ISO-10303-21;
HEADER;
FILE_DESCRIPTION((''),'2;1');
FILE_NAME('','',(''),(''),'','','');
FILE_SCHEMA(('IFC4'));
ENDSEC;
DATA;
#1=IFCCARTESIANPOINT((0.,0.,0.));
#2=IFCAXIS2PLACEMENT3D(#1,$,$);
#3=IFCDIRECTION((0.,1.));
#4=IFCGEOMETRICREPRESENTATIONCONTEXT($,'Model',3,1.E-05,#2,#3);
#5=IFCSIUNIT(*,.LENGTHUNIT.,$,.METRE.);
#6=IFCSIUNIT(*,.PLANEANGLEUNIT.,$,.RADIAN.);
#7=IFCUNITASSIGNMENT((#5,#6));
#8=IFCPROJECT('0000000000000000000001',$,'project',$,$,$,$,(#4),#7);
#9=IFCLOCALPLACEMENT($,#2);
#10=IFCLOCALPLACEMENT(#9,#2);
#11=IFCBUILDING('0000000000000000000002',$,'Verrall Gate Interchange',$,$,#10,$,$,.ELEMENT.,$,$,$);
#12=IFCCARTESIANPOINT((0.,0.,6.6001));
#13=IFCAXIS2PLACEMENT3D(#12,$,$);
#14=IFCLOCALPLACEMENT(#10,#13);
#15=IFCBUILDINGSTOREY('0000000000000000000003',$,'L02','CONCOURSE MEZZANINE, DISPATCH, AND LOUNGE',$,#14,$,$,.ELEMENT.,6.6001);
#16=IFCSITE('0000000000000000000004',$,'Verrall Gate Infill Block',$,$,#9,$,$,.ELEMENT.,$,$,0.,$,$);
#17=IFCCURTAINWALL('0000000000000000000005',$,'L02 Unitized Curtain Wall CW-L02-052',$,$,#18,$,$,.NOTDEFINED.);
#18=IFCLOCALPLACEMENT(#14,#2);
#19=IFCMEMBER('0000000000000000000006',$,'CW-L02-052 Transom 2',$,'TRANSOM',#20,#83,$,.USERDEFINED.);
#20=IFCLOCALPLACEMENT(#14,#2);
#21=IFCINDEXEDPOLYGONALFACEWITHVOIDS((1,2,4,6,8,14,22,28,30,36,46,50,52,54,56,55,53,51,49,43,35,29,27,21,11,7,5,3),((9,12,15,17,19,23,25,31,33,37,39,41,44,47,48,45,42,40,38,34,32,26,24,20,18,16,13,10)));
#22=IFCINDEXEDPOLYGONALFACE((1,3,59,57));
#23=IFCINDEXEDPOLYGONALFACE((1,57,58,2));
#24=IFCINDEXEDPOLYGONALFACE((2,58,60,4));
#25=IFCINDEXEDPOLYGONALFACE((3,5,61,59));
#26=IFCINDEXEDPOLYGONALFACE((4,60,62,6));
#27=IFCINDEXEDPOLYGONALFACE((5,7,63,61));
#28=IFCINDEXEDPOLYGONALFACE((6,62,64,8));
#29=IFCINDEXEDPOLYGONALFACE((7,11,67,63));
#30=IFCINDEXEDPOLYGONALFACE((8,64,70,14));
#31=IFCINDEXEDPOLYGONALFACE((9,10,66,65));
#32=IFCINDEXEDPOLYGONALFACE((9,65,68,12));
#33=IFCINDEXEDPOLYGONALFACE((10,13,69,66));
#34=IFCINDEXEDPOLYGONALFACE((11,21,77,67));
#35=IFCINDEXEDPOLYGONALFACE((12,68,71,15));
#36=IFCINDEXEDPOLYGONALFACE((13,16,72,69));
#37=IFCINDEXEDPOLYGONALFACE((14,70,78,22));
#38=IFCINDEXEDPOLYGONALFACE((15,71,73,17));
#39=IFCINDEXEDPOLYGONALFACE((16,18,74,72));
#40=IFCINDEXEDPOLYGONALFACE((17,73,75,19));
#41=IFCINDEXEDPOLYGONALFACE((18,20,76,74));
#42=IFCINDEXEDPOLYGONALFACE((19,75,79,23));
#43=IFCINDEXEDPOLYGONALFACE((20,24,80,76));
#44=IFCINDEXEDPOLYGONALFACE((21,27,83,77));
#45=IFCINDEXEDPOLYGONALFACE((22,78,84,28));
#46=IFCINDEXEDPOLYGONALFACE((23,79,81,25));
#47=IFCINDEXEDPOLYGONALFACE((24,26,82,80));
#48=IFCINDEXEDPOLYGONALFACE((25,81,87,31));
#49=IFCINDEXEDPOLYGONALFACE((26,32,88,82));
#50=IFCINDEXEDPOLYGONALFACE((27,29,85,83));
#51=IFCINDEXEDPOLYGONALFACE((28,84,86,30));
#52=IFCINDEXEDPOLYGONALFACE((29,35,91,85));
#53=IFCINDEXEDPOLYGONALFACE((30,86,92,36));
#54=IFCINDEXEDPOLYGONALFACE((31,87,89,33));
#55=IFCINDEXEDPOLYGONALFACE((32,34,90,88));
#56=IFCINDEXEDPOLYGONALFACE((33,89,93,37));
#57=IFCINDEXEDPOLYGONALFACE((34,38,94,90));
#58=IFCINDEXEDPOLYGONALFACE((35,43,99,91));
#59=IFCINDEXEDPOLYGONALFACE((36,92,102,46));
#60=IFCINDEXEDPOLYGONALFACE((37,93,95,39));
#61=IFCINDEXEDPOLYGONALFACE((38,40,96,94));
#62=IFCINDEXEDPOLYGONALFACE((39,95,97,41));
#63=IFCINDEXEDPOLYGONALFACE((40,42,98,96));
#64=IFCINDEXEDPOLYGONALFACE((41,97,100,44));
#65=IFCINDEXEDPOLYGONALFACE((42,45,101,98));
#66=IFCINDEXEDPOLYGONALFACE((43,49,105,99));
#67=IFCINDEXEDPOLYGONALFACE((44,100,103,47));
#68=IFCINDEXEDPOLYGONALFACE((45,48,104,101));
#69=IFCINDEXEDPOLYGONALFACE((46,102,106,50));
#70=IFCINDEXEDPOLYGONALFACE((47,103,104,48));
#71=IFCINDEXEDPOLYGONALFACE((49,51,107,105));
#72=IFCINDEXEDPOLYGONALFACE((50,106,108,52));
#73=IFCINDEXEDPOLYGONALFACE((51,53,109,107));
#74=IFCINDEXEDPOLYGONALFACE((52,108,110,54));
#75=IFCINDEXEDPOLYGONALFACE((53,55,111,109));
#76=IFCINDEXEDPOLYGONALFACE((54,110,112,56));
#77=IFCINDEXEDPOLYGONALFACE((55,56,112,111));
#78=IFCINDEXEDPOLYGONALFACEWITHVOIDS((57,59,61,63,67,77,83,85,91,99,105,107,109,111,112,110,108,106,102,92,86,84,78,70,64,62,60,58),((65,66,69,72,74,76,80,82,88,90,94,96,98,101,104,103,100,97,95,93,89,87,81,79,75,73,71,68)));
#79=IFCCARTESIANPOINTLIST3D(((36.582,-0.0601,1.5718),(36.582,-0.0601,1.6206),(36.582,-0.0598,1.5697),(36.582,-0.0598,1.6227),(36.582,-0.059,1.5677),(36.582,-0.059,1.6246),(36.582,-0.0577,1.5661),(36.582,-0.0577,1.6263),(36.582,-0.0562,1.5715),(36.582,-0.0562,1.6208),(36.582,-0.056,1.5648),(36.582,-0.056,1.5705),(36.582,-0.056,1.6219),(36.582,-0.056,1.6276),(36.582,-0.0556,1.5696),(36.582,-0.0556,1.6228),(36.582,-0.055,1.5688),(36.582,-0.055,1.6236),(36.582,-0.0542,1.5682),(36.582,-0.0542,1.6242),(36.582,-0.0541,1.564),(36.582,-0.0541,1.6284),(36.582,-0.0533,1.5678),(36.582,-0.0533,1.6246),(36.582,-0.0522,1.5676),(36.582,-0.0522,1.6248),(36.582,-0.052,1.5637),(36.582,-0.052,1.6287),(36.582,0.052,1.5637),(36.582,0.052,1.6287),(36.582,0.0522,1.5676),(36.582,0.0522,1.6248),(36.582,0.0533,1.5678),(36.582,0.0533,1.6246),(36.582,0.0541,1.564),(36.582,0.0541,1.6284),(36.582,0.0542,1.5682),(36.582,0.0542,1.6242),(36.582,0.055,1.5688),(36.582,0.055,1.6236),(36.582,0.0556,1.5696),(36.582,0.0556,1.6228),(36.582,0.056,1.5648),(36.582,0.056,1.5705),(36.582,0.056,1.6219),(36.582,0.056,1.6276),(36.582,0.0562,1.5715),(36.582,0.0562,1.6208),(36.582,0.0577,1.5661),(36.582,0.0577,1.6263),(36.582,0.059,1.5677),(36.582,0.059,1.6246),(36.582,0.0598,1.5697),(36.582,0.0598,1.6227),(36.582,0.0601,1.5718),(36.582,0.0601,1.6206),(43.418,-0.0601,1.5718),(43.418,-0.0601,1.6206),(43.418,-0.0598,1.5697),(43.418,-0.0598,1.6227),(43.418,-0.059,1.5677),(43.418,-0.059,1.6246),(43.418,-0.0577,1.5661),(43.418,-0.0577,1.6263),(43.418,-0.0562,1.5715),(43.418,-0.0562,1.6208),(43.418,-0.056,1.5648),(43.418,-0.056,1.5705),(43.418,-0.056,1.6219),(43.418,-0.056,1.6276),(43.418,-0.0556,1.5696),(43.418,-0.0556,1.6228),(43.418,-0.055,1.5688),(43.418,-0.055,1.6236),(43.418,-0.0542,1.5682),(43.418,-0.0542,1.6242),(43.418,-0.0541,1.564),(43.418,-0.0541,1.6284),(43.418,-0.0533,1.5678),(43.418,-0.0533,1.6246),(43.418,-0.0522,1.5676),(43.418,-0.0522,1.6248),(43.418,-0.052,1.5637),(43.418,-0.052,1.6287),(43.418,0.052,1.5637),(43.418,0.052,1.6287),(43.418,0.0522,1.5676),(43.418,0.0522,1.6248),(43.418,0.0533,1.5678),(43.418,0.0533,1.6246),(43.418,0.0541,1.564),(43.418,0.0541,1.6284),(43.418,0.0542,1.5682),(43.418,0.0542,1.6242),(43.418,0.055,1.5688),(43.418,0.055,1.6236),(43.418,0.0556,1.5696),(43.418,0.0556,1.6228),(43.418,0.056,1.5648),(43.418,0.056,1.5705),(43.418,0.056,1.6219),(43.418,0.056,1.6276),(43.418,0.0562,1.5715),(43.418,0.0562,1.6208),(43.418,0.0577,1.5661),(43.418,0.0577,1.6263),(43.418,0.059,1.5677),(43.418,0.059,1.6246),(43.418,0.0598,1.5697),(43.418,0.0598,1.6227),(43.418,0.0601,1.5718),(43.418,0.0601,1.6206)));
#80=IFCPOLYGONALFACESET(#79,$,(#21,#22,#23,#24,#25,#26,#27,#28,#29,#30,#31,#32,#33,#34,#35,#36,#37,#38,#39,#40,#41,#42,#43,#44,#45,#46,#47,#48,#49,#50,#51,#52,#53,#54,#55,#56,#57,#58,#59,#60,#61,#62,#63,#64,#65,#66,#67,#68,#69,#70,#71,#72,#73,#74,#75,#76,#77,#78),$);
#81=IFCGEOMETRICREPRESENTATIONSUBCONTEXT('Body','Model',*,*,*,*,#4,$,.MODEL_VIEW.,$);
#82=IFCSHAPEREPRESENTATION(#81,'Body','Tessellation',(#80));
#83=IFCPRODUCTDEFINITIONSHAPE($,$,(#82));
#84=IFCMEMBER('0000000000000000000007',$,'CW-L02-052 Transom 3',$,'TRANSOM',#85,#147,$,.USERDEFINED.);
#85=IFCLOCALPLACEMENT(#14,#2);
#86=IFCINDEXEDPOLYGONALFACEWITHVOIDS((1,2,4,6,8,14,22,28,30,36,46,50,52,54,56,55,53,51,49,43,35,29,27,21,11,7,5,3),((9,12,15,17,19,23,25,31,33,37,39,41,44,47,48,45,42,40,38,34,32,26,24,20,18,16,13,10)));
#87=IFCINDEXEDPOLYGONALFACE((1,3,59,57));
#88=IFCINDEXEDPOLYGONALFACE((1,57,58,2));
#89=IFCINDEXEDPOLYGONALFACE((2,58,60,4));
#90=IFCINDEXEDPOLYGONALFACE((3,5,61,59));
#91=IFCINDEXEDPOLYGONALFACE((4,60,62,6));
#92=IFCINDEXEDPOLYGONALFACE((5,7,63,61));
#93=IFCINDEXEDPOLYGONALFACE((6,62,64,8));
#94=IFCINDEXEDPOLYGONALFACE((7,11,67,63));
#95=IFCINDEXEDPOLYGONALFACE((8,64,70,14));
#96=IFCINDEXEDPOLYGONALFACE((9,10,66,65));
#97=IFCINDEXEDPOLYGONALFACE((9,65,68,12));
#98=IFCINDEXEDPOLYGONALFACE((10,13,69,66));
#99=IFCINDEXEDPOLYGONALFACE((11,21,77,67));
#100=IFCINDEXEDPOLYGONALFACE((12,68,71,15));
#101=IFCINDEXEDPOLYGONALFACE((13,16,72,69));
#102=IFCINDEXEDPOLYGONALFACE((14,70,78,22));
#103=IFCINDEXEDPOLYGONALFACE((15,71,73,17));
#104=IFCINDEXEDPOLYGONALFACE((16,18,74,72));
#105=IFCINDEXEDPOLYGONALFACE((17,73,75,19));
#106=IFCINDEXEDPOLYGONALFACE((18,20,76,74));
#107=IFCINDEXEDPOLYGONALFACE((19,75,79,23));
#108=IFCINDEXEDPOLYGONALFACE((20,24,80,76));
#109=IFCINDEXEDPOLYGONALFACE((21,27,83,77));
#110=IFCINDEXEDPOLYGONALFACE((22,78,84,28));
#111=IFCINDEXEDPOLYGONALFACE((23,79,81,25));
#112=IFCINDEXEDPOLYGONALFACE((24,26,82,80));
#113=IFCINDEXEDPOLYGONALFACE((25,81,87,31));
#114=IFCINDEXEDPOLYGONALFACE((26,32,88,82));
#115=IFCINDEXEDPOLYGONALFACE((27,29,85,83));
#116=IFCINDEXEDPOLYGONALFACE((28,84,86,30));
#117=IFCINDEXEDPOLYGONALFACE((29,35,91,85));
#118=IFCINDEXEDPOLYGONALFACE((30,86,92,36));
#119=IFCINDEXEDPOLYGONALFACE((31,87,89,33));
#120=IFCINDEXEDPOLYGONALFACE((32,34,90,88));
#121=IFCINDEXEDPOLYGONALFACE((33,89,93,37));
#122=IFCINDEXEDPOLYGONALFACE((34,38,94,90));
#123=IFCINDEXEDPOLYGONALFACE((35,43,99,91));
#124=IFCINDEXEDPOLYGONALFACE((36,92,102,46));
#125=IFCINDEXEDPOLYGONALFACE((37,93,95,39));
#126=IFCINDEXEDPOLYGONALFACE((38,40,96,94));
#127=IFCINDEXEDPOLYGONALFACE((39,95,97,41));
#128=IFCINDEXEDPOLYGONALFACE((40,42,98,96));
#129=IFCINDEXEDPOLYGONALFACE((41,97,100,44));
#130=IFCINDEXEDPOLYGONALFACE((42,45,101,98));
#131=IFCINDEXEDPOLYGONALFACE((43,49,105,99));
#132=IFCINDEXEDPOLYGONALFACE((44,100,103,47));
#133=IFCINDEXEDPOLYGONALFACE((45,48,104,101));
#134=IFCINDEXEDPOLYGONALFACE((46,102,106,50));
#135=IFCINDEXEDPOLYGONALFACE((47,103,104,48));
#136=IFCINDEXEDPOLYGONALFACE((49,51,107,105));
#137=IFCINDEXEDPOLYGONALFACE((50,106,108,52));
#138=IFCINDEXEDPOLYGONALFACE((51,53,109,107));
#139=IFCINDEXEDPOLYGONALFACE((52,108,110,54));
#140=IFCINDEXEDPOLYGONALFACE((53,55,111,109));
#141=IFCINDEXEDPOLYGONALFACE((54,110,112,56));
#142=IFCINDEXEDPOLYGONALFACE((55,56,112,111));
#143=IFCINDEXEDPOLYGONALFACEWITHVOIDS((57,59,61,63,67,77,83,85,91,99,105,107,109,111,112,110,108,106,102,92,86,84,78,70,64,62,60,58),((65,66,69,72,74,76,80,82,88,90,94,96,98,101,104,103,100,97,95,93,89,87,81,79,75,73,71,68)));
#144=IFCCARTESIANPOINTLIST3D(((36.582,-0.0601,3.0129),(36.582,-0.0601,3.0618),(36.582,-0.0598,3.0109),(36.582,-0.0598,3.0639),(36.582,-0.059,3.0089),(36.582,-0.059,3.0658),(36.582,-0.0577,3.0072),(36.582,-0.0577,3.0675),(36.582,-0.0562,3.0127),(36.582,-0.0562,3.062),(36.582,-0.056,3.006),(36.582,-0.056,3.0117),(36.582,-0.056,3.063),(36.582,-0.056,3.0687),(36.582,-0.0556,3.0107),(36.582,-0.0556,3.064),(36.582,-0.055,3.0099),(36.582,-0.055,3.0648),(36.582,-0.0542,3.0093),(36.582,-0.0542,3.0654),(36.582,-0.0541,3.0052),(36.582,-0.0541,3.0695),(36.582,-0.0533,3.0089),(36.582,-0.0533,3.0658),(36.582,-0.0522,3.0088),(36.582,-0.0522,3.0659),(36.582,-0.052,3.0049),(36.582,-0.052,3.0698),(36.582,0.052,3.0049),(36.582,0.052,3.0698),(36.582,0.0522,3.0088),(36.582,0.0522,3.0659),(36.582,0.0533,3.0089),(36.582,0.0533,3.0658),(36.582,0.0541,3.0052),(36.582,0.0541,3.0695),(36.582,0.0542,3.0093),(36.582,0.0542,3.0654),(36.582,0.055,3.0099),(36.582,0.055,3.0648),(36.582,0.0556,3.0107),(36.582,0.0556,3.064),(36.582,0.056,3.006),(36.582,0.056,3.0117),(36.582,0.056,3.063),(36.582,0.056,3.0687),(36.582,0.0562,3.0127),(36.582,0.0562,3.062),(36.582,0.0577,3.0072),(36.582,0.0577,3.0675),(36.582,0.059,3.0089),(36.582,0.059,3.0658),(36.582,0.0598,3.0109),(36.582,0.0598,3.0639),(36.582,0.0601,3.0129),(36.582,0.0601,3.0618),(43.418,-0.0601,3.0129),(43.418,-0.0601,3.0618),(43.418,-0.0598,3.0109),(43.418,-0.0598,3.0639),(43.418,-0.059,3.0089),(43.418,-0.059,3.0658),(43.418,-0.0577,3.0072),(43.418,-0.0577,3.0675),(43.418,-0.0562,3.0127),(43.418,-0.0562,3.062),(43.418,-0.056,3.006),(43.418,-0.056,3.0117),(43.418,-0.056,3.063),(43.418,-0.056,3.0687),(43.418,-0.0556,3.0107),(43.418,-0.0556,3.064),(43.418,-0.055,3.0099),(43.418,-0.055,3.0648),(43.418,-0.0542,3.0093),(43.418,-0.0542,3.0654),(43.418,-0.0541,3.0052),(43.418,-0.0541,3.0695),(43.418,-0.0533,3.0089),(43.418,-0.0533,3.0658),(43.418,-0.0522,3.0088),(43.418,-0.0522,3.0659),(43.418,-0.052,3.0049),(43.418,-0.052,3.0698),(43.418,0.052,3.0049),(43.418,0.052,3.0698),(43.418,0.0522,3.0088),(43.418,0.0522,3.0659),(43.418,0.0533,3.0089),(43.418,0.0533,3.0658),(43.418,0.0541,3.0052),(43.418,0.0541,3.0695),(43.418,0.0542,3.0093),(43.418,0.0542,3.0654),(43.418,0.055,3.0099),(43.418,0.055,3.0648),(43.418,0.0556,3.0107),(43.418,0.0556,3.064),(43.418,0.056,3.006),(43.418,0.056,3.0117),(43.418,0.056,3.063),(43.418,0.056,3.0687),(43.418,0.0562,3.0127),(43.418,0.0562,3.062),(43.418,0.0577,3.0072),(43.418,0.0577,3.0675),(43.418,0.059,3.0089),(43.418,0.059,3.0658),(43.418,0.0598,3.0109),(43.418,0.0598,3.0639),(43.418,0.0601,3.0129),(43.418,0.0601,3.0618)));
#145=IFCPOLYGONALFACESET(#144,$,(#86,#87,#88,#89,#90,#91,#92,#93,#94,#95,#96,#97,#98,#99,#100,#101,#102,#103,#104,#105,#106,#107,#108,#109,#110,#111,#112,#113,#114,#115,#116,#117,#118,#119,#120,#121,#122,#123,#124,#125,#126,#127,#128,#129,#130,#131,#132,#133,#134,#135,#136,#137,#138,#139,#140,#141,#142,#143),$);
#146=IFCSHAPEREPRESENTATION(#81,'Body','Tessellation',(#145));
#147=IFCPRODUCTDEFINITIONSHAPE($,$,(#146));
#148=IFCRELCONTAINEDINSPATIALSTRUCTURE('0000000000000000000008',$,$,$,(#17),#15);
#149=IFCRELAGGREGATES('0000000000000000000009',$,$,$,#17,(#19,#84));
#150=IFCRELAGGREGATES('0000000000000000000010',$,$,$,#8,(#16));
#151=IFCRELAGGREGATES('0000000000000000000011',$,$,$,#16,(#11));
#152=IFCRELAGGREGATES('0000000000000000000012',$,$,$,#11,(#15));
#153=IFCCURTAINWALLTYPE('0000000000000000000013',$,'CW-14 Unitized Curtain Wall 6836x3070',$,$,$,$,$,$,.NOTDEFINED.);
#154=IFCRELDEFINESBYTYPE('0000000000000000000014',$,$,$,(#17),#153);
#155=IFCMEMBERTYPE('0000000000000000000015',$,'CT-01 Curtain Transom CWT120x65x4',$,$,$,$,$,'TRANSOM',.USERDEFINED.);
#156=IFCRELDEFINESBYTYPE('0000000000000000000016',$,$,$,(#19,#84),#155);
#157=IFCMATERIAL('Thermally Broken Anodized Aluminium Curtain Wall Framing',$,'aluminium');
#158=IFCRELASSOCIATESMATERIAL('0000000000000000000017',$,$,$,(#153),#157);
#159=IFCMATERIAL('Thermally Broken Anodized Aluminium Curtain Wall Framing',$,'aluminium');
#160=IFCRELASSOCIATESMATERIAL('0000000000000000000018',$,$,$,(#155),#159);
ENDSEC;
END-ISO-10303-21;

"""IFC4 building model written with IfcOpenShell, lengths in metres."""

from ifc_helpers import new_model, si_unit, direction, frame, origin, origin_2d, place, context, subcontext, project, spatial, hollow_rectangle, extrude, material, material_profile, profile_set, type_object, element, aggregate, save


model = new_model("IFC4")

# Units and contexts
model_context = context("Model", 3, precision=1e-05, world=origin(), true_north=direction((0.0, 1.0)))
body_context = subcontext(model_context, "Body", "Model", "MODEL_VIEW")
ifc_project = project(units=[si_unit("LENGTHUNIT", "METRE"), si_unit("PLANEANGLEUNIT", "RADIAN")], contexts=[model_context])

# Site, building, storey
site_placement = place(None, origin())
site = spatial("IfcSite", under=ifc_project, at=site_placement, Name="Verrall Gate Infill Block", CompositionType="ELEMENT", RefElevation=0.0)
building_placement = place(site_placement, origin())
building = spatial("IfcBuilding", under=site, at=building_placement, Name="Verrall Gate Interchange", CompositionType="ELEMENT")
storey_placement = place(building_placement, frame((0.0, 0.0, 6.6001)))
storey = spatial("IfcBuildingStorey", under=building, at=storey_placement, Name="L02", Description="CONCOURSE MEZZANINE, DISPATCH, AND LOUNGE", CompositionType="ELEMENT", Elevation=6.6001)

# Curtain wall, members
ifc_material_1 = material(Name="Thermally Broken Anodized Aluminium Curtain Wall Framing", Category="aluminium")
curtain_wall_type = type_object("IfcCurtainWallType", Name="CW-14 Unitized Curtain Wall 6836x3070", PredefinedType="NOTDEFINED", material=ifc_material_1)
curtain_wall_1_placement = place(storey_placement, origin())
curtain_wall_1 = element("IfcCurtainWall", 1, at=curtain_wall_1_placement, inside=storey, type_object=curtain_wall_type, Name="L02 Unitized Curtain Wall CW-L02-052", PredefinedType="NOTDEFINED")
ifc_material_2 = material(Name="Thermally Broken Anodized Aluminium Curtain Wall Framing", Category="aluminium")
ifc_material_profile_1 = material_profile(ifc_material_2, hollow_rectangle(XDim=0.1201, YDim=0.0649, WallThickness=0.0039, InnerFilletRadius=0.0039, OuterFilletRadius=0.0081, at=origin_2d()), Name="CWT120x65x4")
ifc_profile_set_1 = profile_set([ifc_material_profile_1], Name="Thermally Broken Anodized Aluminium Curtain Wall Framing")
member_type_1 = type_object("IfcMemberType", Name="CT-01 Curtain Transom CWT120x65x4", ElementType="TRANSOM", PredefinedType="USERDEFINED", material=ifc_profile_set_1)
member_1_placement = place(storey_placement, frame((36.582, 0.0, 1.5962), z_axis=(1.0, 0.0, 0.0), x_axis=(0.0, 1.0, 0.0)))
member_1 = element("IfcMember", 2, at=member_1_placement, type_object=member_type_1, Name="CW-L02-052 Transom 2", ObjectType="TRANSOM", PredefinedType="USERDEFINED", context=body_context, shape_type="SweptSolid", body=[
    extrude(hollow_rectangle(XDim=0.1201, YDim=0.0649, WallThickness=0.0039, InnerFilletRadius=0.0039, OuterFilletRadius=0.0081, at=origin_2d()), origin(), (0.0, 0.0, 1.0), 6.8359),
])
member_2_placement = place(storey_placement, frame((36.582, 0.0, 3.0374), z_axis=(1.0, 0.0, 0.0), x_axis=(0.0, 1.0, 0.0)))
member_2 = element("IfcMember", 3, at=member_2_placement, type_object=member_type_1, Name="CW-L02-052 Transom 3", ObjectType="TRANSOM", PredefinedType="USERDEFINED", context=body_context, shape_type="SweptSolid", body=[
    extrude(hollow_rectangle(XDim=0.1201, YDim=0.0649, WallThickness=0.0039, InnerFilletRadius=0.0039, OuterFilletRadius=0.0081, at=origin_2d()), origin(), (0.0, 0.0, 1.0), 6.8359),
])

aggregate(curtain_wall_1, [member_1, member_2])

save(model, "model.ifc")
